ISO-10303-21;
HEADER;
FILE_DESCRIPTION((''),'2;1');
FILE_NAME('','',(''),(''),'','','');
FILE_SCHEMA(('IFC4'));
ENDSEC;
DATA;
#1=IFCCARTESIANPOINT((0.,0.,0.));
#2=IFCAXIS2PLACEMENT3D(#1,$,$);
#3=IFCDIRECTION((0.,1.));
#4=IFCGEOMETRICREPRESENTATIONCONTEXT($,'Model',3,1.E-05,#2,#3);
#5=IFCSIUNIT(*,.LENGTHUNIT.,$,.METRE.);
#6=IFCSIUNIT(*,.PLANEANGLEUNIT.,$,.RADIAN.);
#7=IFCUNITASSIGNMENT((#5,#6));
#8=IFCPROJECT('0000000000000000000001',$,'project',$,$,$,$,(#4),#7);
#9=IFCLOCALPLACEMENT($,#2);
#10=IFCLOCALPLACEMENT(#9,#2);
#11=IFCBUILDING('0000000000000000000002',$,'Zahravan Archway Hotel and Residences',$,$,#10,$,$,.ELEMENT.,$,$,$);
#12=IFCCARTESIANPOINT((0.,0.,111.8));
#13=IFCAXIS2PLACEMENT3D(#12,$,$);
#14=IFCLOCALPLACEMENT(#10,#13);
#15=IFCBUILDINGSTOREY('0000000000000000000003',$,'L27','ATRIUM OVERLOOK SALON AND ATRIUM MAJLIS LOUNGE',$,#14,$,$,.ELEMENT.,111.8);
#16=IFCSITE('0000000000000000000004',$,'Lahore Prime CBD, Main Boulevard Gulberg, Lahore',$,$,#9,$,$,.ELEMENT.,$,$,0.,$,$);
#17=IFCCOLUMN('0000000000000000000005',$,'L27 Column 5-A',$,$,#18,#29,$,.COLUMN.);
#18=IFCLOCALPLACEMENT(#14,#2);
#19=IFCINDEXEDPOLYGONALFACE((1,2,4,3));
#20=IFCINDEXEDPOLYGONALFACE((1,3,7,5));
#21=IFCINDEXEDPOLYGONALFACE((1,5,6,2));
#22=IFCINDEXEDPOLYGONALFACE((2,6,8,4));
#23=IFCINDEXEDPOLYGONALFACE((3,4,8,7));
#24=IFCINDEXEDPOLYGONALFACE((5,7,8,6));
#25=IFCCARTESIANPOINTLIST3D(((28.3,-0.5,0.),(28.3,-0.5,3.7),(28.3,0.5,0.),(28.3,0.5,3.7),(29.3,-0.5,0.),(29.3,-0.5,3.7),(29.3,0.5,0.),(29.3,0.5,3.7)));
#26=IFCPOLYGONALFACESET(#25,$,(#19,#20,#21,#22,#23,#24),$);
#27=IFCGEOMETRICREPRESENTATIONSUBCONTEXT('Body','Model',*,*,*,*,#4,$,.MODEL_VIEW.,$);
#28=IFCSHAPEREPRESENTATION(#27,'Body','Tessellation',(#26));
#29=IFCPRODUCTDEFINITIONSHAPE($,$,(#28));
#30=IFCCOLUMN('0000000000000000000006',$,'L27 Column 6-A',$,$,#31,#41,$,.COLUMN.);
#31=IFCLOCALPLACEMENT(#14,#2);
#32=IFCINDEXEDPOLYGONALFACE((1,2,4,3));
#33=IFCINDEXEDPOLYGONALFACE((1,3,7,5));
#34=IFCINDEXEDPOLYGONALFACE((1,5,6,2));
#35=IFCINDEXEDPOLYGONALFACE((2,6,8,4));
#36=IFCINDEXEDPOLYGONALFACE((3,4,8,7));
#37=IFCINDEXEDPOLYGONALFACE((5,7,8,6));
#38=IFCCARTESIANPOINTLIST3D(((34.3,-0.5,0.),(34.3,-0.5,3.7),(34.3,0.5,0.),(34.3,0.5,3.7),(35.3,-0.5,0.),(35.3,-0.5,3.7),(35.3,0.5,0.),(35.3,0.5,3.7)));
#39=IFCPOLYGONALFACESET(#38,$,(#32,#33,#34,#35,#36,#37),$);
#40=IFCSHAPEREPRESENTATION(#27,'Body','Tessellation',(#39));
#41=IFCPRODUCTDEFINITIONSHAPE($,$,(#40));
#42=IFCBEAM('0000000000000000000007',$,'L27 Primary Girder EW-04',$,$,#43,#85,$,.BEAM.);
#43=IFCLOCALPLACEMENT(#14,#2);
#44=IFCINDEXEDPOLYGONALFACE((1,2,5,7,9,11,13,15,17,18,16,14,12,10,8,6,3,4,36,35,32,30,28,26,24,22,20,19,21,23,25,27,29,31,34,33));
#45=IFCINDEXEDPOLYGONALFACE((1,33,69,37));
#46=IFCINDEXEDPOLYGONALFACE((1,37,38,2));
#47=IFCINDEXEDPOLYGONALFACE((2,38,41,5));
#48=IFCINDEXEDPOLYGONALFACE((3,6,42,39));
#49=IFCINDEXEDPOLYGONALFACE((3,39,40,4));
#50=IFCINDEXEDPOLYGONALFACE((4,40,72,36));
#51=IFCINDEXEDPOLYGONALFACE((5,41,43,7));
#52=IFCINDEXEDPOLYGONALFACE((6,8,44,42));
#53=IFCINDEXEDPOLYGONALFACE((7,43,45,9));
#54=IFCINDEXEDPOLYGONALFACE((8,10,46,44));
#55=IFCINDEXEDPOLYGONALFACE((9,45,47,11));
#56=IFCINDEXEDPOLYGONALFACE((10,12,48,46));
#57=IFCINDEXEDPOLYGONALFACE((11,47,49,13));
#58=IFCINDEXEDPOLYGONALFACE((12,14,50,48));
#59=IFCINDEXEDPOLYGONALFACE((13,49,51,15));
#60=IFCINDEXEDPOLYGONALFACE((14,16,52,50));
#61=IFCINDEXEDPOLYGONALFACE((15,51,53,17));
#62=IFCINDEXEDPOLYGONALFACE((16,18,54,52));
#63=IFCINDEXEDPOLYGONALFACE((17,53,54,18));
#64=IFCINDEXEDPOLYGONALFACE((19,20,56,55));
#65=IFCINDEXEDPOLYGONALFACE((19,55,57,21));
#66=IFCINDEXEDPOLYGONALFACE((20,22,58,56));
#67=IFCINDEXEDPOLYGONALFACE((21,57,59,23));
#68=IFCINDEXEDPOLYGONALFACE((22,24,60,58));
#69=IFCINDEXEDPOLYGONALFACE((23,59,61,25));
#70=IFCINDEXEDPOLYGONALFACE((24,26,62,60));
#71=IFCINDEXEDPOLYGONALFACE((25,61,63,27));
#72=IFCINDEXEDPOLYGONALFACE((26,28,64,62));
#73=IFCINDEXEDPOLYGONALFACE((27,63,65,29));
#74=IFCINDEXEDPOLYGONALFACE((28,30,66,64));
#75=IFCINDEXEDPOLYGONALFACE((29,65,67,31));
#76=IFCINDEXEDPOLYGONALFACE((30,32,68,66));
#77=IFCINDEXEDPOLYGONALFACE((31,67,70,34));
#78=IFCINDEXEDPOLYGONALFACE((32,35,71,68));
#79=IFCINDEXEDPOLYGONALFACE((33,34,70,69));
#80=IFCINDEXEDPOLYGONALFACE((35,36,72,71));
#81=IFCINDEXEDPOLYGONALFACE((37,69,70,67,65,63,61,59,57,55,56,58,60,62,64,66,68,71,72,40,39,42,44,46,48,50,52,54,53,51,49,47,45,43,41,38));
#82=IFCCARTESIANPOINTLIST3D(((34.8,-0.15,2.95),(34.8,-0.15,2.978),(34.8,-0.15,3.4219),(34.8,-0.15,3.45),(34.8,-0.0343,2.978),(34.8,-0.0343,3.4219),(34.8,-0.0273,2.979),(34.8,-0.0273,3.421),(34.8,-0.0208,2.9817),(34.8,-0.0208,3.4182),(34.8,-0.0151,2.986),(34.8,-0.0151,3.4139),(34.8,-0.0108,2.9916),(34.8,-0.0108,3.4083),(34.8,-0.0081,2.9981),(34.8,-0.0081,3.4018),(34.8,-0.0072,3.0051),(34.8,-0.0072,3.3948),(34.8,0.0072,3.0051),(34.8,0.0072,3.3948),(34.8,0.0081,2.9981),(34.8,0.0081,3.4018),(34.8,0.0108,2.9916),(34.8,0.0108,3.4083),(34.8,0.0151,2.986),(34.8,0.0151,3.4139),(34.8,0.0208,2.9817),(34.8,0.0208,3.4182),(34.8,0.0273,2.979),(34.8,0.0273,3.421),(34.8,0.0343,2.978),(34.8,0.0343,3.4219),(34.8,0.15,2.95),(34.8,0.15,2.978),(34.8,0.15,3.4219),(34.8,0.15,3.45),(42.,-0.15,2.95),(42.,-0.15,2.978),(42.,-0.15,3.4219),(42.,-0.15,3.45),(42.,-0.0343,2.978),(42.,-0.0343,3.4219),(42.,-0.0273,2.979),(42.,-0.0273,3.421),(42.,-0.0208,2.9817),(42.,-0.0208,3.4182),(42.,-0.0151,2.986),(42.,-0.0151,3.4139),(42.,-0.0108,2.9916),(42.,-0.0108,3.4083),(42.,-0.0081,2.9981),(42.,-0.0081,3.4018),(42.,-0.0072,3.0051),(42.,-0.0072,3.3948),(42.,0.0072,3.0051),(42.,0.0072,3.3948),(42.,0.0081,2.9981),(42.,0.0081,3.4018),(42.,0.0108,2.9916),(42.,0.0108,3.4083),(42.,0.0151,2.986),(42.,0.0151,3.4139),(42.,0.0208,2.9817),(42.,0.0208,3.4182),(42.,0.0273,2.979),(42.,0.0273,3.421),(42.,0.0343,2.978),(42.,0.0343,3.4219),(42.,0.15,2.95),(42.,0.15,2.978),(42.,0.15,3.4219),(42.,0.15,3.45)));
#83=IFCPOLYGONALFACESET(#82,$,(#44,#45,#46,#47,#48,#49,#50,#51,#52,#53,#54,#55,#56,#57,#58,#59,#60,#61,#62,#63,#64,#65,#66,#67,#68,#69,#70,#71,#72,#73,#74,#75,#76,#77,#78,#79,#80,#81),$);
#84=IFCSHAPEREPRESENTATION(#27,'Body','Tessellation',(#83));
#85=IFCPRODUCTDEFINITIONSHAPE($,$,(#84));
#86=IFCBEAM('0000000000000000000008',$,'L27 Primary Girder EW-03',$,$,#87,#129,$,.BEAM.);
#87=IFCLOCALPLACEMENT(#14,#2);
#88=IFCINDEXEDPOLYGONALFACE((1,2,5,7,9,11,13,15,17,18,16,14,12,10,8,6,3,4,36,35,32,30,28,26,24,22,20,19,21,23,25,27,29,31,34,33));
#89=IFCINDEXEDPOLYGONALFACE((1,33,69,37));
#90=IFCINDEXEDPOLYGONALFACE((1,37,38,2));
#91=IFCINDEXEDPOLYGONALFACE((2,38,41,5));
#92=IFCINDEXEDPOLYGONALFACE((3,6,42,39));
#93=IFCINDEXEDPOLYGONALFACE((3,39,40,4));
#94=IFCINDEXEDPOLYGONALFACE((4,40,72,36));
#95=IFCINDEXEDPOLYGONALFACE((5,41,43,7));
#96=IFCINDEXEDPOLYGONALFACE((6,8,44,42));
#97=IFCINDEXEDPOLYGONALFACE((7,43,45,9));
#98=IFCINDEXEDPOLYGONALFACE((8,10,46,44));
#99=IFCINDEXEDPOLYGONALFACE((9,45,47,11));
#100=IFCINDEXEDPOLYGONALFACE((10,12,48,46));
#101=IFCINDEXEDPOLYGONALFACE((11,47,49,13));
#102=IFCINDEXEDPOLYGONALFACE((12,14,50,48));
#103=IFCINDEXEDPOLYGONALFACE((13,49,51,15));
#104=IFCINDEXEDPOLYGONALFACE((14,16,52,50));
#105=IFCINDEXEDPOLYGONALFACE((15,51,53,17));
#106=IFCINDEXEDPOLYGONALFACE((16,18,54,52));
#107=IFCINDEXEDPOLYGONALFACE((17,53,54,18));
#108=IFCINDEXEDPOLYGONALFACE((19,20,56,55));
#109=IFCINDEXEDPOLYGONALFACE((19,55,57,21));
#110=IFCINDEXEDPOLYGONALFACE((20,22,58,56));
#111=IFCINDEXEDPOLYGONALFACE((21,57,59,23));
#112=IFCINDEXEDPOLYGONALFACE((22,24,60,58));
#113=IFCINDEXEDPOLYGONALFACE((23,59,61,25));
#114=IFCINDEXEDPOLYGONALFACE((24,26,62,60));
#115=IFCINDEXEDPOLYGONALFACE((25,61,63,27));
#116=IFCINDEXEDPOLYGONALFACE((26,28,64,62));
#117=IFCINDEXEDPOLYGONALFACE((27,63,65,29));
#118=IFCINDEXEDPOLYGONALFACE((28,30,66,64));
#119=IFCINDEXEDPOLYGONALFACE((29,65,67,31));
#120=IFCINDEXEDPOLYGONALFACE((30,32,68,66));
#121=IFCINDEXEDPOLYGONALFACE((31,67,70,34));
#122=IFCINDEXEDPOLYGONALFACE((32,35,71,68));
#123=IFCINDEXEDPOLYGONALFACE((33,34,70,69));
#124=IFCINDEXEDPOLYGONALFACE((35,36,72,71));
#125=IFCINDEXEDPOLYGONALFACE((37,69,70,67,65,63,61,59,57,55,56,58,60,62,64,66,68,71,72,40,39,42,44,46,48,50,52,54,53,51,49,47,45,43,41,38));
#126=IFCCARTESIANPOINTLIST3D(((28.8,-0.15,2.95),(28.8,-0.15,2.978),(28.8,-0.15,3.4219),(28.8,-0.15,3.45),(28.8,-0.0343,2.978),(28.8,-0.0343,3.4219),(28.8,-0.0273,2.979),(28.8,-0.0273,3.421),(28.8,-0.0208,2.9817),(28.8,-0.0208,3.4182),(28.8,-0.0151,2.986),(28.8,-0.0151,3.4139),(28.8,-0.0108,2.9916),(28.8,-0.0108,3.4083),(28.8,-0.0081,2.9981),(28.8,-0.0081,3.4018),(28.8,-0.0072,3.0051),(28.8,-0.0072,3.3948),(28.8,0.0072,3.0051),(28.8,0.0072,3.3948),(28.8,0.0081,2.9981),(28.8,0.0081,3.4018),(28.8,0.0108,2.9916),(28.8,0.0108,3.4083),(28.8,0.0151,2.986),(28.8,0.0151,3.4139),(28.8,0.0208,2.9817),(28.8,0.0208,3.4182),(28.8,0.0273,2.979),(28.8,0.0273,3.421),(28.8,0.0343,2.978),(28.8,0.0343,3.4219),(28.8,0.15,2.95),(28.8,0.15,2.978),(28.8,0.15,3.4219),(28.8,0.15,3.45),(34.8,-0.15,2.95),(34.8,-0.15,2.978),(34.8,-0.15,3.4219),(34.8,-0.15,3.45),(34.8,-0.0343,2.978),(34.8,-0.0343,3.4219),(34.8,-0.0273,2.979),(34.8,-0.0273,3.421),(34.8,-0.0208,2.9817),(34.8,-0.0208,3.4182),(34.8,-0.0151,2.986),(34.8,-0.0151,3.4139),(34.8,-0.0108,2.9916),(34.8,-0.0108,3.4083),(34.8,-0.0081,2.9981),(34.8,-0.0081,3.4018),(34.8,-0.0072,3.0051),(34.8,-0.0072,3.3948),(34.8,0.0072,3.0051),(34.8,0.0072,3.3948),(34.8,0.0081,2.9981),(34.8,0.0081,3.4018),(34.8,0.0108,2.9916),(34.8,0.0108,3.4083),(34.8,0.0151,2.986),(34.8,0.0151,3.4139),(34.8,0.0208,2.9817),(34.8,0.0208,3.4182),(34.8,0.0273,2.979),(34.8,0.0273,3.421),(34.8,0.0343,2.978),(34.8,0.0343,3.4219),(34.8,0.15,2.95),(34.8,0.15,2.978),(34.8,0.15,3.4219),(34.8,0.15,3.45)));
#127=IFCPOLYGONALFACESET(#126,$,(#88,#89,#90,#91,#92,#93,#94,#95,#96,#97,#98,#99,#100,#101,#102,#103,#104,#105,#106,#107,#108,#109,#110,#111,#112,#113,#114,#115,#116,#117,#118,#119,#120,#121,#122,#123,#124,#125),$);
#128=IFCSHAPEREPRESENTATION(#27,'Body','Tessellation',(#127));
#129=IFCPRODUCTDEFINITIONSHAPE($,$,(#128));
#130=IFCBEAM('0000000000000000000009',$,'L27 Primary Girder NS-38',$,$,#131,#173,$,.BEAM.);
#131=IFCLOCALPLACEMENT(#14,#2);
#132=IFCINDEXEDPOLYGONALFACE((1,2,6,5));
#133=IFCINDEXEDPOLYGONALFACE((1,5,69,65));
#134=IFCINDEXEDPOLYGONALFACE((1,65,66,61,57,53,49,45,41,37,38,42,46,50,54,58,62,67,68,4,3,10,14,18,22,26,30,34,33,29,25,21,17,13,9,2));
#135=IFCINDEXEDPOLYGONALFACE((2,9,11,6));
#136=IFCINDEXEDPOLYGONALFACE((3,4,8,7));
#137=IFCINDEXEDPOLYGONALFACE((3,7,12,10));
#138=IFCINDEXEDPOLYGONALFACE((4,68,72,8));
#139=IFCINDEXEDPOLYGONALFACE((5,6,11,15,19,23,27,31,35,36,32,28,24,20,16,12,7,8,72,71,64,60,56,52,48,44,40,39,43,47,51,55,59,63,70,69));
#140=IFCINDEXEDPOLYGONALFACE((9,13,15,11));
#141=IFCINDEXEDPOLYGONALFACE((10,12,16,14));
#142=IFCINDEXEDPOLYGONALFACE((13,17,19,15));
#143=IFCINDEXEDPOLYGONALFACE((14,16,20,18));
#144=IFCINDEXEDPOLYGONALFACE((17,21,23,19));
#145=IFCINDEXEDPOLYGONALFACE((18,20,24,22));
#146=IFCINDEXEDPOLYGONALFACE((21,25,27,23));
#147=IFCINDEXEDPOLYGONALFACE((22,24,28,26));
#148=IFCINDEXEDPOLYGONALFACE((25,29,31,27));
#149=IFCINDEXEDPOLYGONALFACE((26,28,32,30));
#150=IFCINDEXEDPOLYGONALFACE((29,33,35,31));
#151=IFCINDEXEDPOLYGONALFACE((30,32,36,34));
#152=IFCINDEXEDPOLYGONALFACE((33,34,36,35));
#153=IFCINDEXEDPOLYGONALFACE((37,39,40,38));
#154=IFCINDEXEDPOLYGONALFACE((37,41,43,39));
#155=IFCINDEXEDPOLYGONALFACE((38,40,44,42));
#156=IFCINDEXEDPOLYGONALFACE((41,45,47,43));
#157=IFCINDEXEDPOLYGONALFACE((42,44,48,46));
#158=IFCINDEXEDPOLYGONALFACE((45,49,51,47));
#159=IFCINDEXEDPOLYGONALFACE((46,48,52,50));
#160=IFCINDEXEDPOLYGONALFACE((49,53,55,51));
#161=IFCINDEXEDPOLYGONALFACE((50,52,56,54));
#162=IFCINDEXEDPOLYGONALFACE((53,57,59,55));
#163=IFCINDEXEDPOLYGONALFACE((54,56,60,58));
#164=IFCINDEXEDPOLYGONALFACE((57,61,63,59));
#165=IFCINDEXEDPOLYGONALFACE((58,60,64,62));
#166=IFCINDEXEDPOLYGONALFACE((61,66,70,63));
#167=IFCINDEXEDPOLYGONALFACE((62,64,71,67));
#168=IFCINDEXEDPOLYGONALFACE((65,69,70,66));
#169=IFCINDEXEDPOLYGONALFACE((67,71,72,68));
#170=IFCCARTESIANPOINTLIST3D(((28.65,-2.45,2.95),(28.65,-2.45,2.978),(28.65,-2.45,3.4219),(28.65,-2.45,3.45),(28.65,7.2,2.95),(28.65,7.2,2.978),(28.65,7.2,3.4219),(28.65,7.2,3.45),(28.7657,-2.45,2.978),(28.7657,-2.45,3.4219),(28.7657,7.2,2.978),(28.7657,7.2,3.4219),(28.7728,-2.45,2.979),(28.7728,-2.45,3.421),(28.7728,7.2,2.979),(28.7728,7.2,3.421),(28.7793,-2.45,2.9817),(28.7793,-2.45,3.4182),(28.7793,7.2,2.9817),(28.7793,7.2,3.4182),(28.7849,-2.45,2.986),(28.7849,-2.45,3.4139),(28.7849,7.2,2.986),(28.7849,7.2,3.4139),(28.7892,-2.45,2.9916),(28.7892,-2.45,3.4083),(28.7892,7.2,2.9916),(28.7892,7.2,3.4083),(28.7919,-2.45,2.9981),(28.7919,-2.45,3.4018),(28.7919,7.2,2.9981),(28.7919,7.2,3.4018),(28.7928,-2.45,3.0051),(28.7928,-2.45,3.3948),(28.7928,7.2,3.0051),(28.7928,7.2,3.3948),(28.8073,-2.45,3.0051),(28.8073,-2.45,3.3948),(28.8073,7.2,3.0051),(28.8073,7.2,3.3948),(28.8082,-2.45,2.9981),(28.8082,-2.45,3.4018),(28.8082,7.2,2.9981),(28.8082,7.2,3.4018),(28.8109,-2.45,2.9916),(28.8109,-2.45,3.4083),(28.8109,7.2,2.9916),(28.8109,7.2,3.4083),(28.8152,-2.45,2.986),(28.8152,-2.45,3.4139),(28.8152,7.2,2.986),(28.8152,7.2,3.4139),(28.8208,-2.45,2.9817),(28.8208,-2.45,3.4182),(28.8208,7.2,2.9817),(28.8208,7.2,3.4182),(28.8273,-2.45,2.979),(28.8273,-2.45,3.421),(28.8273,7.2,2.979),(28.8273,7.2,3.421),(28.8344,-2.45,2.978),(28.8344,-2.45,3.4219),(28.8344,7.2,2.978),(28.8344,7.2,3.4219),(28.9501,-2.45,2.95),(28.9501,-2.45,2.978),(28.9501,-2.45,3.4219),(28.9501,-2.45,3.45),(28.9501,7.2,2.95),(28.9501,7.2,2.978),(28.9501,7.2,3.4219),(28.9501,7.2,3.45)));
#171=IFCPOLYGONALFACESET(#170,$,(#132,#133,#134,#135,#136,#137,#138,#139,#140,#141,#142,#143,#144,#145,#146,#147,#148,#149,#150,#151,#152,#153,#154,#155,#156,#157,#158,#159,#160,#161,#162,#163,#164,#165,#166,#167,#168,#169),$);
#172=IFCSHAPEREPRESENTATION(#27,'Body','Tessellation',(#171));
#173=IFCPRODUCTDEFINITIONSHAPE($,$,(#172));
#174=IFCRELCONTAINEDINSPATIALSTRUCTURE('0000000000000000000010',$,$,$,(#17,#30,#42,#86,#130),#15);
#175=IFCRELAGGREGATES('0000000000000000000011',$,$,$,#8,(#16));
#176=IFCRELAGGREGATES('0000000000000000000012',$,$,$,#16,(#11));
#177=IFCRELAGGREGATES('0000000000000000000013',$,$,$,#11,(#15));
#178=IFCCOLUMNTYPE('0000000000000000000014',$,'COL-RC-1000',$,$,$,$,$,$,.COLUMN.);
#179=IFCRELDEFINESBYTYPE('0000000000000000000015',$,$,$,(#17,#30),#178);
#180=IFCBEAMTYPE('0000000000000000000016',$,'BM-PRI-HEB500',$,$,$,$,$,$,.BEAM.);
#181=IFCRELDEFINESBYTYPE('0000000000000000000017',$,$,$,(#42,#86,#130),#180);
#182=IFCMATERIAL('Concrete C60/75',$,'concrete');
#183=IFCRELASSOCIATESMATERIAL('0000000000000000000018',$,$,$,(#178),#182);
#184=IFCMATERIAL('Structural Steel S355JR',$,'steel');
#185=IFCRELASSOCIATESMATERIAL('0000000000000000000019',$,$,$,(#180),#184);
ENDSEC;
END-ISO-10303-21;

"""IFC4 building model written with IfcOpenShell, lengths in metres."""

from ifc_helpers import new_model, si_unit, direction, frame, origin, origin_2d, place, context, subcontext, project, spatial, rectangle, i_section, extrude, source, transform, mapped, material, material_profile, profile_set, type_object, type_shapes, element, save


model = new_model("IFC4")

# Units and contexts
model_context = context("Model", 3, precision=1e-05, world=origin(), true_north=direction((0.0, 1.0)))
body_context = subcontext(model_context, "Body", "Model", "MODEL_VIEW")
ifc_project = project(units=[si_unit("LENGTHUNIT", "METRE"), si_unit("PLANEANGLEUNIT", "RADIAN")], contexts=[model_context])

# Site, building, storey
site_placement = place(None, origin())
site = spatial("IfcSite", under=ifc_project, at=site_placement, Name="Lahore Prime CBD, Main Boulevard Gulberg, Lahore", CompositionType="ELEMENT", RefElevation=0.0)
building_placement = place(site_placement, origin())
building = spatial("IfcBuilding", under=site, at=building_placement, Name="Zahravan Archway Hotel and Residences", CompositionType="ELEMENT")
storey_placement = place(building_placement, frame((0.0, 0.0, 111.8)))
storey = spatial("IfcBuildingStorey", under=building, at=storey_placement, Name="L27", Description="ATRIUM OVERLOOK SALON AND ATRIUM MAJLIS LOUNGE", CompositionType="ELEMENT", Elevation=111.8)

# Columns
ifc_material_1 = material(Name="Concrete C60/75", Category="concrete")
ifc_material_profile_1 = material_profile(ifc_material_1, rectangle(XDim=1.0, YDim=1.0, at=origin_2d()), Name="RC-COL-1000x1000", Category="concrete")
ifc_profile_set_1 = profile_set([ifc_material_profile_1], Name="Concrete C60/75")
column_type = type_object("IfcColumnType", Name="COL-RC-1000", PredefinedType="COLUMN", material=ifc_profile_set_1)
shared_shape_1 = source(origin(), body_context, "Body", "SweptSolid", [
    extrude(rectangle(XDim=1.0, YDim=1.0, at=origin_2d()), origin(), (0.0, 0.0, 1.0), 3.7),
])
type_shapes(column_type, [shared_shape_1])
for number, where, z_axis, x_axis, name in (
    (1, (28.8, 0.0, 0.0), (0.0, 0.0, 1.0), (1.0, 0.0, 0.0), "L27 Column 5-A"),
    (2, (34.8, 0.0, 0.0), (0.0, 0.0, 1.0), (1.0, 0.0, 0.0), "L27 Column 6-A"),
):
    element("IfcColumn", number, at=place(storey_placement, frame(where, z_axis=z_axis, x_axis=x_axis)), inside=storey, type_object=column_type, Name=name, PredefinedType="COLUMN", context=body_context, shape_type="MappedRepresentation", body=[
        mapped(shared_shape_1, transform((0.0, 0.0, 0.0), scale=1.0)),
    ])

# Beams
ifc_material_2 = material(Name="Structural Steel S355JR", Category="steel")
ifc_material_profile_2 = material_profile(ifc_material_2, i_section(OverallWidth=0.3, OverallDepth=0.5, WebThickness=0.0144, FlangeThickness=0.0281, FilletRadius=0.0271, at=origin_2d()), Name="HEB 500", Category="steel")
ifc_profile_set_2 = profile_set([ifc_material_profile_2], Name="Structural Steel S355JR")
beam_type_1 = type_object("IfcBeamType", Name="BM-PRI-HEB500", PredefinedType="BEAM", material=ifc_profile_set_2)
shared_shape_2 = source(origin(), body_context, "Body", "SweptSolid", [
    extrude(i_section(OverallWidth=0.3, OverallDepth=0.5, WebThickness=0.0144, FlangeThickness=0.0281, FilletRadius=0.0271, at=origin_2d()), origin(), (0.0, 0.0, 1.0), 7.2),
])
beam_1_placement = place(storey_placement, frame((34.8, 0.0, 3.2), z_axis=(1.0, 0.0, 0.0), x_axis=(0.0, 1.0, 0.0)))
element("IfcBeam", 3, at=beam_1_placement, inside=storey, type_object=beam_type_1, Name="L27 Primary Girder EW-04", PredefinedType="BEAM", context=body_context, shape_type="MappedRepresentation", body=[
    mapped(shared_shape_2, transform((0.0, 0.0, 0.0), scale=1.0)),
])
shared_shape_3 = source(origin(), body_context, "Body", "SweptSolid", [
    extrude(i_section(OverallWidth=0.3, OverallDepth=0.5, WebThickness=0.0144, FlangeThickness=0.0281, FilletRadius=0.0271, at=origin_2d()), origin(), (0.0, 0.0, 1.0), 6.0),
])
beam_2_placement = place(storey_placement, frame((28.8, 0.0, 3.2), z_axis=(1.0, 0.0, 0.0), x_axis=(0.0, 1.0, 0.0)))
element("IfcBeam", 4, at=beam_2_placement, inside=storey, type_object=beam_type_1, Name="L27 Primary Girder EW-03", PredefinedType="BEAM", context=body_context, shape_type="MappedRepresentation", body=[
    mapped(shared_shape_3, transform((0.0, 0.0, 0.0), scale=1.0)),
])
shared_shape_4 = source(origin(), body_context, "Body", "SweptSolid", [
    extrude(i_section(OverallWidth=0.3, OverallDepth=0.5, WebThickness=0.0144, FlangeThickness=0.0281, FilletRadius=0.0271, at=origin_2d()), origin(), (0.0, 0.0, 1.0), 9.6499),
])
beam_3_placement = place(storey_placement, frame((28.8, -2.45, 3.2), z_axis=(0.0, 1.0, 0.0), x_axis=(-1.0, 0.0, 0.0)))
element("IfcBeam", 5, at=beam_3_placement, inside=storey, type_object=beam_type_1, Name="L27 Primary Girder NS-38", PredefinedType="BEAM", context=body_context, shape_type="MappedRepresentation", body=[
    mapped(shared_shape_4, transform((0.0, 0.0, 0.0), scale=1.0)),
])

save(model, "model.ifc")
